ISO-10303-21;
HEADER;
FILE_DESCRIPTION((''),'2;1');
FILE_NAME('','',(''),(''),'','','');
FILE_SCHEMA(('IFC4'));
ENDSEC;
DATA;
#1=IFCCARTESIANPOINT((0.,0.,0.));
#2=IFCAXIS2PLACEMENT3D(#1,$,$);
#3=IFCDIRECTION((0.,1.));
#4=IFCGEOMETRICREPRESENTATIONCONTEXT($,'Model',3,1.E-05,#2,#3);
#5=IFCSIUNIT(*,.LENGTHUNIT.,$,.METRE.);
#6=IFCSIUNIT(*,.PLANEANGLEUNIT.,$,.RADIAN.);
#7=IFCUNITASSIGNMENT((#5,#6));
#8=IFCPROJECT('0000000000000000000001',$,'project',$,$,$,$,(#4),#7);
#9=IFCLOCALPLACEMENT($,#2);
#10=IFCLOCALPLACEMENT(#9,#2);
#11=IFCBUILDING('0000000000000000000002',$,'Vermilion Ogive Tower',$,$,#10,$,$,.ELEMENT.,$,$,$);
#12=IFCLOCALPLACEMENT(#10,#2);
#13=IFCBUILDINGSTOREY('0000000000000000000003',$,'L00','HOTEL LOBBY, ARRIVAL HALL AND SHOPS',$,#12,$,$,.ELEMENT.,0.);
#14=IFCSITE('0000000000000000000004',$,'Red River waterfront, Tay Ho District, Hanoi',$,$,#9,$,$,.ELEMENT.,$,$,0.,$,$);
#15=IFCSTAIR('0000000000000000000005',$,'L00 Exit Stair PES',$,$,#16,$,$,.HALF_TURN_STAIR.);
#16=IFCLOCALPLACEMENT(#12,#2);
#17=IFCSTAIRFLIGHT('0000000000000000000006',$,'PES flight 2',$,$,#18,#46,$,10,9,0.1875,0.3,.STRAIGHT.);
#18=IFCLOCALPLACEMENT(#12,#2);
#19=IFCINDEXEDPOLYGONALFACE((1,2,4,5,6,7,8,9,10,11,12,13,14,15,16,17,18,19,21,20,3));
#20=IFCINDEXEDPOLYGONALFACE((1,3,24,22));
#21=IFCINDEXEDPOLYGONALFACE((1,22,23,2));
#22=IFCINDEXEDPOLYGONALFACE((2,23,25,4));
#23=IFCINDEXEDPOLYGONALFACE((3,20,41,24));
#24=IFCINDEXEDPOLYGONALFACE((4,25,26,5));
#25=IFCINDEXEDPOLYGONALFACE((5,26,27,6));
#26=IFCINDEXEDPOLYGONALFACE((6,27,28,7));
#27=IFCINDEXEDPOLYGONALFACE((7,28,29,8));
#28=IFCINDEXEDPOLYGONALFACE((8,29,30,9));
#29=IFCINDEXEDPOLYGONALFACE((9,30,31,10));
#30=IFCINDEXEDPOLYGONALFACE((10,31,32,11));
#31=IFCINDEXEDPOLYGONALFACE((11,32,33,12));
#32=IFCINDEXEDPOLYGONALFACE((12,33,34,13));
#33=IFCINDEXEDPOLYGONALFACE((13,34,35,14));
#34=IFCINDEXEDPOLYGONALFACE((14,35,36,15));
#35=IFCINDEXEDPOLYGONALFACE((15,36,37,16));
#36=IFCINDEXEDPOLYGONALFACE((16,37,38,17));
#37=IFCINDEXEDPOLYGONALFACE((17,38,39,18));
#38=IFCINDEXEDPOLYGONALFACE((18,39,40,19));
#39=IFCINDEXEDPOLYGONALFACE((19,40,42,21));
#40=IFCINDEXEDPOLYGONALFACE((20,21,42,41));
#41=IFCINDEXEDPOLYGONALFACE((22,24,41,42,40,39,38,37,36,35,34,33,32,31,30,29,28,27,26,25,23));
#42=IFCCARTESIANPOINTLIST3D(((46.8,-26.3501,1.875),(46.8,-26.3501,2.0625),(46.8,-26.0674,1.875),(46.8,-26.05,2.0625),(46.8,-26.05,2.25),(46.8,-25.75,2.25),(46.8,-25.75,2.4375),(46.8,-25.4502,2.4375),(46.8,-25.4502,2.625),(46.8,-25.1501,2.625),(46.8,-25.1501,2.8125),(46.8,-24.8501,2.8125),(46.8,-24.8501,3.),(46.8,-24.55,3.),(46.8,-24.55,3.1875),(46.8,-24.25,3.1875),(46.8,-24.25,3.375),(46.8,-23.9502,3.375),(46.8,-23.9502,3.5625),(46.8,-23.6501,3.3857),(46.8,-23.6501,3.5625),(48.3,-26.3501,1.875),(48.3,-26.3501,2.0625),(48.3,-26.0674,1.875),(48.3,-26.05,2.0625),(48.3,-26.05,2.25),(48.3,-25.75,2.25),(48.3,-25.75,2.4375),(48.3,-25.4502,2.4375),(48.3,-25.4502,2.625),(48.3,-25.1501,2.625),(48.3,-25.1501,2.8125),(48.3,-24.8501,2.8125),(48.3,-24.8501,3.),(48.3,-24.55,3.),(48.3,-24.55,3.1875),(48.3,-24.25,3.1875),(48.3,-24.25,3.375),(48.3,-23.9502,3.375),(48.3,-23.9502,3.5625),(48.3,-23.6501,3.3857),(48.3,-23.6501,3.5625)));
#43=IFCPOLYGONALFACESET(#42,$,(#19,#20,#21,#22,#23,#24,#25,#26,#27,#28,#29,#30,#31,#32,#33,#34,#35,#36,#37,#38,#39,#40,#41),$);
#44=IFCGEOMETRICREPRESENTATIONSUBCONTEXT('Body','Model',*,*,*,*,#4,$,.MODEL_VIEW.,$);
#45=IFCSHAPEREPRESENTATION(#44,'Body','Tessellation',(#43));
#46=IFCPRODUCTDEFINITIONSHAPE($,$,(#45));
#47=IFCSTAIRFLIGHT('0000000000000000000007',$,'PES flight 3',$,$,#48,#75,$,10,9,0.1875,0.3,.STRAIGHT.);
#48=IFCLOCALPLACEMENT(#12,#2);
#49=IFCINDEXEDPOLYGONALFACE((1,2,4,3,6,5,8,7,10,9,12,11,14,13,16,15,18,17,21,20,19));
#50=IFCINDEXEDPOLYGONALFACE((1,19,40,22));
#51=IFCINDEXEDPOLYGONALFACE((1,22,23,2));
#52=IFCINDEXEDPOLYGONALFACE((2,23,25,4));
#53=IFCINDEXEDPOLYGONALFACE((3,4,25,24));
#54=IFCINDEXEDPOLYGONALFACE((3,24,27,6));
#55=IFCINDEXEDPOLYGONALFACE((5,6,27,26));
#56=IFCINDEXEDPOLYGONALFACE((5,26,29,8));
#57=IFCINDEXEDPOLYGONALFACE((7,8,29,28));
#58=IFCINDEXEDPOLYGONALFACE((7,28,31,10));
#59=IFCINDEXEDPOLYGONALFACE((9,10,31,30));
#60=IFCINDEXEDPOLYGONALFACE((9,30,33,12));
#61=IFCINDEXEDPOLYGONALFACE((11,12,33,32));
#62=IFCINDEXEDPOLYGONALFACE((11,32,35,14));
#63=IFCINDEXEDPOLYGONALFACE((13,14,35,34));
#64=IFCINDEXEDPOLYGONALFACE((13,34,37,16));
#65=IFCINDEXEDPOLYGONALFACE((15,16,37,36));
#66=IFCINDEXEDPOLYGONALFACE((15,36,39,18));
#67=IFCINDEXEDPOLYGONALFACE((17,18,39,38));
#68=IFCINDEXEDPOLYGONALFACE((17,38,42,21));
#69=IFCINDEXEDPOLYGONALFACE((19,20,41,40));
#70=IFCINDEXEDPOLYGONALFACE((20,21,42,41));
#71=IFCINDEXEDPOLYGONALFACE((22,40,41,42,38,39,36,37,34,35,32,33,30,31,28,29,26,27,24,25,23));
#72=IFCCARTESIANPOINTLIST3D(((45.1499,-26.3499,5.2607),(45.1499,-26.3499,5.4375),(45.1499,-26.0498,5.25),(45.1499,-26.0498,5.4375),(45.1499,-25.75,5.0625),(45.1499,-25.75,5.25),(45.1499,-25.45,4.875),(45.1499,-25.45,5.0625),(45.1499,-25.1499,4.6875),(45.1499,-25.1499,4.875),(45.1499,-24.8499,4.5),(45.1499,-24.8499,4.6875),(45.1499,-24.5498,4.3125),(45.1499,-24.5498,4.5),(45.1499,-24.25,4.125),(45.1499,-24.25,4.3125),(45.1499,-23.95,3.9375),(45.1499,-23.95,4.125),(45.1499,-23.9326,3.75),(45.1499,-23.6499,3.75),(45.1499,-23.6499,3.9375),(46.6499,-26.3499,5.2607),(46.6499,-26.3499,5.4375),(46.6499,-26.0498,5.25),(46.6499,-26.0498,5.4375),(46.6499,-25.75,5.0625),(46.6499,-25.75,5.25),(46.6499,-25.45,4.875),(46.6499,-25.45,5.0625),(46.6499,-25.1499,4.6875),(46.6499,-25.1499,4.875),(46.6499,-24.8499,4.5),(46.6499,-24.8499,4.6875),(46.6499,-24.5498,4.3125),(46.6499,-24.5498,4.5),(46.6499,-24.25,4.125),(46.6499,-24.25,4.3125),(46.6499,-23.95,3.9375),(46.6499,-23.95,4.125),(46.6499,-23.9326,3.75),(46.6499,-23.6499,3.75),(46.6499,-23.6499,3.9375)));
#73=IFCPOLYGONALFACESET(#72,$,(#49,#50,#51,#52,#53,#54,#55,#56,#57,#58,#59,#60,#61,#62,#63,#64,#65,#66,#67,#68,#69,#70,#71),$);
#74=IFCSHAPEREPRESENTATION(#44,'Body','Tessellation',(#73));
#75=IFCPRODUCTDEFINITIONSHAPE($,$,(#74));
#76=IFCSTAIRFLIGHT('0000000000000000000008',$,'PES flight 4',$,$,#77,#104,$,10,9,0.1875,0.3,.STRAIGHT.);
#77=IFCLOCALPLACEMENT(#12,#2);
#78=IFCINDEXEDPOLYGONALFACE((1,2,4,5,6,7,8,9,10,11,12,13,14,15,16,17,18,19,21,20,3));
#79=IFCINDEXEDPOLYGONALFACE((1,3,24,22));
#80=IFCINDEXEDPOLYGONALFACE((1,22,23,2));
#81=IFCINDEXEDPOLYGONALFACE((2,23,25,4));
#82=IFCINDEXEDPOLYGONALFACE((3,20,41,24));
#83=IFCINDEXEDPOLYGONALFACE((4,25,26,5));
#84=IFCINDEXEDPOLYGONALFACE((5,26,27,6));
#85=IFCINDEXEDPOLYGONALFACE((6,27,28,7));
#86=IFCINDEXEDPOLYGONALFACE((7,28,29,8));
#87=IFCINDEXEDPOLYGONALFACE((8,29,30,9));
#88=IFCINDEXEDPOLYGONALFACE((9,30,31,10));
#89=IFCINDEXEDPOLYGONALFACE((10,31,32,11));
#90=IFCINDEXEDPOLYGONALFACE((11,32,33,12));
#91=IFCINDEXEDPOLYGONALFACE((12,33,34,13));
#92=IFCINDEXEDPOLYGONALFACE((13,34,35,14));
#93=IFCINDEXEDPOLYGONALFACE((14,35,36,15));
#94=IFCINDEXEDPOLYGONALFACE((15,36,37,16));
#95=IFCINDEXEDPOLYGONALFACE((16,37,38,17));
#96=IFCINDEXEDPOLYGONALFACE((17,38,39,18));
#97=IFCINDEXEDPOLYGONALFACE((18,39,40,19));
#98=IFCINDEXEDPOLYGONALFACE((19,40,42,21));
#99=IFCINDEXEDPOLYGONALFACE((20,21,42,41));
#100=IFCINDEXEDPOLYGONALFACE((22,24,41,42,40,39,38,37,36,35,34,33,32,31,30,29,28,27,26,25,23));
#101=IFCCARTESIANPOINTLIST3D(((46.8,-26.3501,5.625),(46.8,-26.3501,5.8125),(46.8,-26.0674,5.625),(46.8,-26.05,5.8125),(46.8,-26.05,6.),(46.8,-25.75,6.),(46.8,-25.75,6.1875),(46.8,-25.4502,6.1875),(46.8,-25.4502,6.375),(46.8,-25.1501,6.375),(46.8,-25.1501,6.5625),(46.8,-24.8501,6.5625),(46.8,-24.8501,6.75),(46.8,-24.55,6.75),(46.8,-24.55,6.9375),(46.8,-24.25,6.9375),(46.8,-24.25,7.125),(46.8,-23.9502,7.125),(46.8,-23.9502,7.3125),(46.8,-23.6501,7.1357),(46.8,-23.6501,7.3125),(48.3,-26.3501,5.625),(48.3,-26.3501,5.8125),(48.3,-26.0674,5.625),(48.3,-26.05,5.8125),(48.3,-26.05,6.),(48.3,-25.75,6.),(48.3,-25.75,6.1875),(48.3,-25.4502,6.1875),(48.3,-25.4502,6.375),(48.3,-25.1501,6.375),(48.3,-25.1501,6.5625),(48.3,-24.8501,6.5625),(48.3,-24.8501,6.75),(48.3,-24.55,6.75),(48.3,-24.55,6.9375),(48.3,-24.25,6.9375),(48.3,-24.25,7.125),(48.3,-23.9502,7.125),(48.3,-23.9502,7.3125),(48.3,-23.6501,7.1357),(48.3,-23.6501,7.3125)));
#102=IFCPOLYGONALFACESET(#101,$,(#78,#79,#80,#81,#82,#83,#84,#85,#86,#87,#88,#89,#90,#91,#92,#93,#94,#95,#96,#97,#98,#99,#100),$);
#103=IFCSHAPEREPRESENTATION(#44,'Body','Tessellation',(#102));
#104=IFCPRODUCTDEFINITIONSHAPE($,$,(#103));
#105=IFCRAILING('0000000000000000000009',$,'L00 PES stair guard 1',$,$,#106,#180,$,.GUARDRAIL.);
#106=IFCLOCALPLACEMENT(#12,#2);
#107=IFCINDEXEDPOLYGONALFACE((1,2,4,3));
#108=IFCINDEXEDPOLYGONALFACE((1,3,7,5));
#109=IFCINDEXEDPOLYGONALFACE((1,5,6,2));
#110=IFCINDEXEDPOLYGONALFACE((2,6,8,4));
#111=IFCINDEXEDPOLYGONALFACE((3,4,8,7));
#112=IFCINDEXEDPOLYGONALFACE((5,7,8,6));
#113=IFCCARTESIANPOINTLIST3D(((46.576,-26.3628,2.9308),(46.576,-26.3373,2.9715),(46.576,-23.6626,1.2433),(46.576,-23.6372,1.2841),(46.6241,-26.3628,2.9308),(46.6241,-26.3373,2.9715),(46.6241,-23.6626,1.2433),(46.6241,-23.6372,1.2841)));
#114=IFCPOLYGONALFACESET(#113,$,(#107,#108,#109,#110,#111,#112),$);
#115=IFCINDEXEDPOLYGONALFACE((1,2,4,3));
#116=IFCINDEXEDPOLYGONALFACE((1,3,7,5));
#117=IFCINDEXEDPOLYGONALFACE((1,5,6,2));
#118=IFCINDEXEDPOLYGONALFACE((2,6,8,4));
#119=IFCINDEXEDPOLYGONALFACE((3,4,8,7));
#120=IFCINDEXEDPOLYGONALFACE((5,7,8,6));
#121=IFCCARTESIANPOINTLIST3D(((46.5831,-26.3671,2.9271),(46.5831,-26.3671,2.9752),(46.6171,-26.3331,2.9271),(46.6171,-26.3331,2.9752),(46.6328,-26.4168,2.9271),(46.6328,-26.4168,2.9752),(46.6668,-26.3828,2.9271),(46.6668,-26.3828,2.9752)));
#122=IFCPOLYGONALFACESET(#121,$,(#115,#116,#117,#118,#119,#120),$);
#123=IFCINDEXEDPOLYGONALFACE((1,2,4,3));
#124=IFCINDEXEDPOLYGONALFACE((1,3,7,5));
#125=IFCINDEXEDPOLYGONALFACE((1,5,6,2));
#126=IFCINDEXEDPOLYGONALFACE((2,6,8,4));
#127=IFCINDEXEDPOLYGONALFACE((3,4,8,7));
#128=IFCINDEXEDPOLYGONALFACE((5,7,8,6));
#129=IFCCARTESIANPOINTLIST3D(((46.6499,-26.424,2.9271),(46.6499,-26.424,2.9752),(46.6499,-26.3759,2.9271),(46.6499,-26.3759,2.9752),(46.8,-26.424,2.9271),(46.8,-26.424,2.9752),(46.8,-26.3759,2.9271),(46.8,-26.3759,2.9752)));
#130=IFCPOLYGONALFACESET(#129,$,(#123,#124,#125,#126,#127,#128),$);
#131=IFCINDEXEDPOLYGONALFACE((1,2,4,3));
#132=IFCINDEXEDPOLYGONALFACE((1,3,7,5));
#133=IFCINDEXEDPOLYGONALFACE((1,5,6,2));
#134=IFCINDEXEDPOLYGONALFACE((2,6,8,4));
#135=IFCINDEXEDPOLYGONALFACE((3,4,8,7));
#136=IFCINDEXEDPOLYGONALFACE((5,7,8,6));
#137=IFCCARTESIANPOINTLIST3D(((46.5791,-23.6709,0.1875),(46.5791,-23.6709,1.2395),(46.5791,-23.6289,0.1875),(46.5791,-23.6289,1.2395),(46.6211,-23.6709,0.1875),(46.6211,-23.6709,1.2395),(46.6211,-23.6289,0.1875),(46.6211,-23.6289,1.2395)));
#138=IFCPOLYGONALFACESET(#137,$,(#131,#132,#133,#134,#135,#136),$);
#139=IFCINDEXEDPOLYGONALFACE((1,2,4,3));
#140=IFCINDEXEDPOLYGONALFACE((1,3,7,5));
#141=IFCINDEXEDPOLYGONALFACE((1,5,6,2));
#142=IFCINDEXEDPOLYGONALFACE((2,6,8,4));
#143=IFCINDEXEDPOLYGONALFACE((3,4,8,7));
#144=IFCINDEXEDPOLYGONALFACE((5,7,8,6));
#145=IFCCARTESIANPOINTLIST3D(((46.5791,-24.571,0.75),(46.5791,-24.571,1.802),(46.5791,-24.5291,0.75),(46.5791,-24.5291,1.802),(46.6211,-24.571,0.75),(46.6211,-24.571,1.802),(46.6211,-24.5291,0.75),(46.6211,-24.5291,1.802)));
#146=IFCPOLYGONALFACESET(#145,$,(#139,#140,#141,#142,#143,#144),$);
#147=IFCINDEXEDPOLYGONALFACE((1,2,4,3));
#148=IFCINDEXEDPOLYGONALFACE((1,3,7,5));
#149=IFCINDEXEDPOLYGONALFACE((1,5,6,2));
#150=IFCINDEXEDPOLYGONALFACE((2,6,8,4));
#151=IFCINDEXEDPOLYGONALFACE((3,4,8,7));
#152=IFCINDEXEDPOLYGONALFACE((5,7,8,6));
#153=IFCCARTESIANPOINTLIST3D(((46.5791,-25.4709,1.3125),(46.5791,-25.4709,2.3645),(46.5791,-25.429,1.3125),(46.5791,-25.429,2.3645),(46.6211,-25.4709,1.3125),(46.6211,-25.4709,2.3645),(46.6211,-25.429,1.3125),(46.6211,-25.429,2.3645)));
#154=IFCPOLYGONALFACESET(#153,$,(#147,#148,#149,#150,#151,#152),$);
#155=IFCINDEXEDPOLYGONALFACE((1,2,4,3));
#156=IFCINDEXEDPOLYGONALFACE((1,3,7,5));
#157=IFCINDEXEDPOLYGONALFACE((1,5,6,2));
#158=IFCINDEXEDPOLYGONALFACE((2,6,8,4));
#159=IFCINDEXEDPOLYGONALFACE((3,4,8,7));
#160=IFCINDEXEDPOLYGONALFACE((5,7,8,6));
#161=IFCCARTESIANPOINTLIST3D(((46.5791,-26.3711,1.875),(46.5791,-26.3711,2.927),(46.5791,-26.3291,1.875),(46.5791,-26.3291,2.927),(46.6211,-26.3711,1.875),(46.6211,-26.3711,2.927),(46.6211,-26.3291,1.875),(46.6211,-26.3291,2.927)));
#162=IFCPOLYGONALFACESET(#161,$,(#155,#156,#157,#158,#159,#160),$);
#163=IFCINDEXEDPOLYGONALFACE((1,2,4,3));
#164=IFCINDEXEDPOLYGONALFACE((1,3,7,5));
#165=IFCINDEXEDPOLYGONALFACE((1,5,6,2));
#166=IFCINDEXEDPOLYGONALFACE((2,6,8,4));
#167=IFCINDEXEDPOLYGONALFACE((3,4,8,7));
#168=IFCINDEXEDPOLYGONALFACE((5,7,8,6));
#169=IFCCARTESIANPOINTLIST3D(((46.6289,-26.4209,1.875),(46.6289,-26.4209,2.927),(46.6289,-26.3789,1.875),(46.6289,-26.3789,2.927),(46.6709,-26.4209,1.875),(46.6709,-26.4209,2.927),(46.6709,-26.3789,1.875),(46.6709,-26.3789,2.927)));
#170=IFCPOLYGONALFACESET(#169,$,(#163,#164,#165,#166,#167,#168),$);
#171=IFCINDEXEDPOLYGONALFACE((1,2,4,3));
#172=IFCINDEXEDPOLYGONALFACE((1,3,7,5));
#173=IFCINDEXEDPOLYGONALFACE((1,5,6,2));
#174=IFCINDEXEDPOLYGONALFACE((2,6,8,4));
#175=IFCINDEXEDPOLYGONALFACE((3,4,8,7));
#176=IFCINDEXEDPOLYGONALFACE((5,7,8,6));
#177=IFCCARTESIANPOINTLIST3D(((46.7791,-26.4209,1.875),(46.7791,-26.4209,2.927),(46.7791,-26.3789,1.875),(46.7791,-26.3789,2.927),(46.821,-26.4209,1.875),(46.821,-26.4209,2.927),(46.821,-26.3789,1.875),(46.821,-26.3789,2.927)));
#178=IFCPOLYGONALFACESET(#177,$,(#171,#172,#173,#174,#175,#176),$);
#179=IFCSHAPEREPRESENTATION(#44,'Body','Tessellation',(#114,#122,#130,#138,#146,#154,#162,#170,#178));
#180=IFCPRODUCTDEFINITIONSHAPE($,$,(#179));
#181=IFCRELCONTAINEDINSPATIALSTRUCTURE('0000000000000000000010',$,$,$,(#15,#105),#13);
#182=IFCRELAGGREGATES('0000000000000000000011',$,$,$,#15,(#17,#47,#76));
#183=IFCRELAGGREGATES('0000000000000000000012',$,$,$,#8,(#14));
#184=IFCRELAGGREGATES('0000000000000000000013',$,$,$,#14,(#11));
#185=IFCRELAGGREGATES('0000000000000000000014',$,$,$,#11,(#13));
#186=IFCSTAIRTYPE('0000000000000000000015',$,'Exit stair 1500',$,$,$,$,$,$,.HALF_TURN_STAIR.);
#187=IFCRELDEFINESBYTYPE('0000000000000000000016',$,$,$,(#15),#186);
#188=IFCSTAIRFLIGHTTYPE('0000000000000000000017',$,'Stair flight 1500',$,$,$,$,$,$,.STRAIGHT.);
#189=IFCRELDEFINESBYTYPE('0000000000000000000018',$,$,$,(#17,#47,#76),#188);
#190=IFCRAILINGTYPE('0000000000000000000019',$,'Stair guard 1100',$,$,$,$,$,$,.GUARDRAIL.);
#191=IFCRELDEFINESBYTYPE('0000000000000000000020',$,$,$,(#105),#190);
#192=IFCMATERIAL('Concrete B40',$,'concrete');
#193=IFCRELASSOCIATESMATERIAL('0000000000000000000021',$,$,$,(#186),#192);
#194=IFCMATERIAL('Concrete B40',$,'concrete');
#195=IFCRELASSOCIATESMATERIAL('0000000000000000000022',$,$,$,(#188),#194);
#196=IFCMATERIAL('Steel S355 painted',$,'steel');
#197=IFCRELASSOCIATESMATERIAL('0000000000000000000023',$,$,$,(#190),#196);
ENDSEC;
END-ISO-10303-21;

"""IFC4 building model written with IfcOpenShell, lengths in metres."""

from ifc_helpers import new_model, si_unit, direction, frame, origin, origin_2d, place, context, subcontext, project, spatial, polyline, rectangle, outline, extrude, material, type_object, element, aggregate, save


model = new_model("IFC4")

# Units and contexts
model_context = context("Model", 3, precision=1e-05, world=origin(), true_north=direction((0.0, 1.0)))
body_context = subcontext(model_context, "Body", "Model", "MODEL_VIEW")
ifc_project = project(units=[si_unit("LENGTHUNIT", "METRE"), si_unit("PLANEANGLEUNIT", "RADIAN")], contexts=[model_context])

# Site, building, storey
site_placement = place(None, origin())
site = spatial("IfcSite", under=ifc_project, at=site_placement, Name="Red River waterfront, Tay Ho District, Hanoi", CompositionType="ELEMENT", RefElevation=0.0)
building_placement = place(site_placement, origin())
building = spatial("IfcBuilding", under=site, at=building_placement, Name="Vermilion Ogive Tower", CompositionType="ELEMENT")
storey_placement = place(building_placement, origin())
storey = spatial("IfcBuildingStorey", under=building, at=storey_placement, Name="L00", Description="HOTEL LOBBY, ARRIVAL HALL AND SHOPS", CompositionType="ELEMENT", Elevation=0.0)

# Stair, stair flights
ifc_material_1 = material(Name="Concrete B40", Category="concrete")
stair_type = type_object("IfcStairType", Name="Exit stair 1500", PredefinedType="HALF_TURN_STAIR", material=ifc_material_1)
stair_placement = place(storey_placement, origin())
stair = element("IfcStair", 1, at=stair_placement, inside=storey, type_object=stair_type, Name="L00 Exit Stair PES", PredefinedType="HALF_TURN_STAIR")
ifc_material_2 = material(Name="Concrete B40", Category="concrete")
stair_flight_type = type_object("IfcStairFlightType", Name="Stair flight 1500", PredefinedType="STRAIGHT", material=ifc_material_2)
stair_flight_1_placement = place(storey_placement, frame((47.55, -26.3501, 1.875), z_axis=(0.0, 0.0, 1.0), x_axis=(0.0, 1.0, 0.0)))
stair_flight_1 = element("IfcStairFlight", 2, at=stair_flight_1_placement, type_object=stair_flight_type, Name="PES flight 2", NumberOfRisers=10, NumberOfTreads=9, PredefinedType="STRAIGHT", RiserHeight=0.1875, TreadLength=0.3, context=body_context, shape_type="SweptSolid", body=[
    extrude(outline(polyline([(0.0, 0.0), (0.0, 0.1875), (0.3, 0.1875), (0.3, 0.375), (0.6001, 0.375), (0.6001, 0.5625), (0.8999, 0.5625), (0.8999, 0.75), (1.2, 0.75), (1.2, 0.9375), (1.5, 0.9375), (1.5, 1.125), (1.8, 1.125), (1.8, 1.3125), (2.1001, 1.3125), (2.1001, 1.5), (2.3999, 1.5), (2.3999, 1.6875), (2.7, 1.6875), (2.7, 1.875), (2.7, 1.5107), (0.2827, 0.0), (0.0, 0.0)])), frame((0.0, 0.75, 0.0), z_axis=(0.0, -1.0, 0.0), x_axis=(1.0, 0.0, 0.0)), (0.0, 0.0, 1.0), 1.5),
])
stair_flight_2_placement = place(storey_placement, frame((45.8999, -23.6499, 3.75), z_axis=(0.0, 0.0, 1.0), x_axis=(0.0, -1.0, 0.0)))
stair_flight_2 = element("IfcStairFlight", 3, at=stair_flight_2_placement, type_object=stair_flight_type, Name="PES flight 3", NumberOfRisers=10, NumberOfTreads=9, PredefinedType="STRAIGHT", RiserHeight=0.1875, TreadLength=0.3, context=body_context, shape_type="SweptSolid", body=[
    extrude(outline(polyline([(0.0, 0.0), (0.0, 0.1875), (0.3, 0.1875), (0.3, 0.375), (0.6001, 0.375), (0.6001, 0.5625), (0.8999, 0.5625), (0.8999, 0.75), (1.2, 0.75), (1.2, 0.9375), (1.5, 0.9375), (1.5, 1.125), (1.8, 1.125), (1.8, 1.3125), (2.1001, 1.3125), (2.1001, 1.5), (2.3999, 1.5), (2.3999, 1.6875), (2.7, 1.6875), (2.7, 1.875), (2.7, 1.5107), (0.2827, 0.0), (0.0, 0.0)])), frame((0.0, 0.75, 0.0), z_axis=(0.0, -1.0, 0.0), x_axis=(1.0, 0.0, 0.0)), (0.0, 0.0, 1.0), 1.5),
])
stair_flight_3_placement = place(storey_placement, frame((47.55, -26.3501, 5.625), z_axis=(0.0, 0.0, 1.0), x_axis=(0.0, 1.0, 0.0)))
stair_flight_3 = element("IfcStairFlight", 4, at=stair_flight_3_placement, type_object=stair_flight_type, Name="PES flight 4", NumberOfRisers=10, NumberOfTreads=9, PredefinedType="STRAIGHT", RiserHeight=0.1875, TreadLength=0.3, context=body_context, shape_type="SweptSolid", body=[
    extrude(outline(polyline([(0.0, 0.0), (0.0, 0.1875), (0.3, 0.1875), (0.3, 0.375), (0.6001, 0.375), (0.6001, 0.5625), (0.8999, 0.5625), (0.8999, 0.75), (1.2, 0.75), (1.2, 0.9375), (1.5, 0.9375), (1.5, 1.125), (1.8, 1.125), (1.8, 1.3125), (2.1001, 1.3125), (2.1001, 1.5), (2.3999, 1.5), (2.3999, 1.6875), (2.7, 1.6875), (2.7, 1.875), (2.7, 1.5107), (0.2827, 0.0), (0.0, 0.0)])), frame((0.0, 0.75, 0.0), z_axis=(0.0, -1.0, 0.0), x_axis=(1.0, 0.0, 0.0)), (0.0, 0.0, 1.0), 1.5),
])
aggregate(stair, [stair_flight_1, stair_flight_2, stair_flight_3])

# Railing
ifc_material_3 = material(Name="Steel S355 painted", Category="steel")
railing_type_1 = type_object("IfcRailingType", Name="Stair guard 1100", PredefinedType="GUARDRAIL", material=ifc_material_3)
railing_1_placement = place(storey_placement, frame((46.6001, -23.6499, 0.1875)))
element("IfcRailing", 5, at=railing_1_placement, inside=storey, type_object=railing_type_1, Name="L00 PES stair guard 1", PredefinedType="GUARDRAIL", context=body_context, shape_type="SweptSolid", body=[
    extrude(rectangle(XDim=0.0481, YDim=0.0481, at=origin_2d()), frame((0.0, 0.0, 1.0762), z_axis=(0.0, -0.848016, 0.529971), x_axis=(1.0, 0.0, 0.0)), (0.0, 0.0, 1.0), 3.1841),
    extrude(rectangle(XDim=0.0481, YDim=0.0481, at=origin_2d()), frame((0.0, -2.7002, 2.7637), z_axis=(0.707107, -0.707107, 0.0), x_axis=(0.707107, 0.707107, 0.0)), (0.0, 0.0, 1.0), 0.0703),
    extrude(rectangle(XDim=0.0481, YDim=0.0481, at=origin_2d()), frame((0.0498, -2.75, 2.7637), z_axis=(1.0, 0.0, 0.0), x_axis=(0.0, 1.0, 0.0)), (0.0, 0.0, 1.0), 0.1501),
    extrude(rectangle(XDim=0.042, YDim=0.042, at=origin_2d()), origin(), (0.0, 0.0, 1.0), 1.052),
    extrude(rectangle(XDim=0.042, YDim=0.042, at=origin_2d()), frame((0.0, -0.9001, 0.5625)), (0.0, 0.0, 1.0), 1.052),
    extrude(rectangle(XDim=0.042, YDim=0.042, at=origin_2d()), frame((0.0, -1.8, 1.125)), (0.0, 0.0, 1.0), 1.052),
    extrude(rectangle(XDim=0.042, YDim=0.042, at=origin_2d()), frame((0.0, -2.7002, 1.6875)), (0.0, 0.0, 1.0), 1.052),
    extrude(rectangle(XDim=0.042, YDim=0.042, at=origin_2d()), frame((0.0498, -2.75, 1.6875)), (0.0, 0.0, 1.0), 1.052),
    extrude(rectangle(XDim=0.042, YDim=0.042, at=origin_2d()), frame((0.2, -2.75, 1.6875)), (0.0, 0.0, 1.0), 1.052),
])

save(model, "model.ifc")
